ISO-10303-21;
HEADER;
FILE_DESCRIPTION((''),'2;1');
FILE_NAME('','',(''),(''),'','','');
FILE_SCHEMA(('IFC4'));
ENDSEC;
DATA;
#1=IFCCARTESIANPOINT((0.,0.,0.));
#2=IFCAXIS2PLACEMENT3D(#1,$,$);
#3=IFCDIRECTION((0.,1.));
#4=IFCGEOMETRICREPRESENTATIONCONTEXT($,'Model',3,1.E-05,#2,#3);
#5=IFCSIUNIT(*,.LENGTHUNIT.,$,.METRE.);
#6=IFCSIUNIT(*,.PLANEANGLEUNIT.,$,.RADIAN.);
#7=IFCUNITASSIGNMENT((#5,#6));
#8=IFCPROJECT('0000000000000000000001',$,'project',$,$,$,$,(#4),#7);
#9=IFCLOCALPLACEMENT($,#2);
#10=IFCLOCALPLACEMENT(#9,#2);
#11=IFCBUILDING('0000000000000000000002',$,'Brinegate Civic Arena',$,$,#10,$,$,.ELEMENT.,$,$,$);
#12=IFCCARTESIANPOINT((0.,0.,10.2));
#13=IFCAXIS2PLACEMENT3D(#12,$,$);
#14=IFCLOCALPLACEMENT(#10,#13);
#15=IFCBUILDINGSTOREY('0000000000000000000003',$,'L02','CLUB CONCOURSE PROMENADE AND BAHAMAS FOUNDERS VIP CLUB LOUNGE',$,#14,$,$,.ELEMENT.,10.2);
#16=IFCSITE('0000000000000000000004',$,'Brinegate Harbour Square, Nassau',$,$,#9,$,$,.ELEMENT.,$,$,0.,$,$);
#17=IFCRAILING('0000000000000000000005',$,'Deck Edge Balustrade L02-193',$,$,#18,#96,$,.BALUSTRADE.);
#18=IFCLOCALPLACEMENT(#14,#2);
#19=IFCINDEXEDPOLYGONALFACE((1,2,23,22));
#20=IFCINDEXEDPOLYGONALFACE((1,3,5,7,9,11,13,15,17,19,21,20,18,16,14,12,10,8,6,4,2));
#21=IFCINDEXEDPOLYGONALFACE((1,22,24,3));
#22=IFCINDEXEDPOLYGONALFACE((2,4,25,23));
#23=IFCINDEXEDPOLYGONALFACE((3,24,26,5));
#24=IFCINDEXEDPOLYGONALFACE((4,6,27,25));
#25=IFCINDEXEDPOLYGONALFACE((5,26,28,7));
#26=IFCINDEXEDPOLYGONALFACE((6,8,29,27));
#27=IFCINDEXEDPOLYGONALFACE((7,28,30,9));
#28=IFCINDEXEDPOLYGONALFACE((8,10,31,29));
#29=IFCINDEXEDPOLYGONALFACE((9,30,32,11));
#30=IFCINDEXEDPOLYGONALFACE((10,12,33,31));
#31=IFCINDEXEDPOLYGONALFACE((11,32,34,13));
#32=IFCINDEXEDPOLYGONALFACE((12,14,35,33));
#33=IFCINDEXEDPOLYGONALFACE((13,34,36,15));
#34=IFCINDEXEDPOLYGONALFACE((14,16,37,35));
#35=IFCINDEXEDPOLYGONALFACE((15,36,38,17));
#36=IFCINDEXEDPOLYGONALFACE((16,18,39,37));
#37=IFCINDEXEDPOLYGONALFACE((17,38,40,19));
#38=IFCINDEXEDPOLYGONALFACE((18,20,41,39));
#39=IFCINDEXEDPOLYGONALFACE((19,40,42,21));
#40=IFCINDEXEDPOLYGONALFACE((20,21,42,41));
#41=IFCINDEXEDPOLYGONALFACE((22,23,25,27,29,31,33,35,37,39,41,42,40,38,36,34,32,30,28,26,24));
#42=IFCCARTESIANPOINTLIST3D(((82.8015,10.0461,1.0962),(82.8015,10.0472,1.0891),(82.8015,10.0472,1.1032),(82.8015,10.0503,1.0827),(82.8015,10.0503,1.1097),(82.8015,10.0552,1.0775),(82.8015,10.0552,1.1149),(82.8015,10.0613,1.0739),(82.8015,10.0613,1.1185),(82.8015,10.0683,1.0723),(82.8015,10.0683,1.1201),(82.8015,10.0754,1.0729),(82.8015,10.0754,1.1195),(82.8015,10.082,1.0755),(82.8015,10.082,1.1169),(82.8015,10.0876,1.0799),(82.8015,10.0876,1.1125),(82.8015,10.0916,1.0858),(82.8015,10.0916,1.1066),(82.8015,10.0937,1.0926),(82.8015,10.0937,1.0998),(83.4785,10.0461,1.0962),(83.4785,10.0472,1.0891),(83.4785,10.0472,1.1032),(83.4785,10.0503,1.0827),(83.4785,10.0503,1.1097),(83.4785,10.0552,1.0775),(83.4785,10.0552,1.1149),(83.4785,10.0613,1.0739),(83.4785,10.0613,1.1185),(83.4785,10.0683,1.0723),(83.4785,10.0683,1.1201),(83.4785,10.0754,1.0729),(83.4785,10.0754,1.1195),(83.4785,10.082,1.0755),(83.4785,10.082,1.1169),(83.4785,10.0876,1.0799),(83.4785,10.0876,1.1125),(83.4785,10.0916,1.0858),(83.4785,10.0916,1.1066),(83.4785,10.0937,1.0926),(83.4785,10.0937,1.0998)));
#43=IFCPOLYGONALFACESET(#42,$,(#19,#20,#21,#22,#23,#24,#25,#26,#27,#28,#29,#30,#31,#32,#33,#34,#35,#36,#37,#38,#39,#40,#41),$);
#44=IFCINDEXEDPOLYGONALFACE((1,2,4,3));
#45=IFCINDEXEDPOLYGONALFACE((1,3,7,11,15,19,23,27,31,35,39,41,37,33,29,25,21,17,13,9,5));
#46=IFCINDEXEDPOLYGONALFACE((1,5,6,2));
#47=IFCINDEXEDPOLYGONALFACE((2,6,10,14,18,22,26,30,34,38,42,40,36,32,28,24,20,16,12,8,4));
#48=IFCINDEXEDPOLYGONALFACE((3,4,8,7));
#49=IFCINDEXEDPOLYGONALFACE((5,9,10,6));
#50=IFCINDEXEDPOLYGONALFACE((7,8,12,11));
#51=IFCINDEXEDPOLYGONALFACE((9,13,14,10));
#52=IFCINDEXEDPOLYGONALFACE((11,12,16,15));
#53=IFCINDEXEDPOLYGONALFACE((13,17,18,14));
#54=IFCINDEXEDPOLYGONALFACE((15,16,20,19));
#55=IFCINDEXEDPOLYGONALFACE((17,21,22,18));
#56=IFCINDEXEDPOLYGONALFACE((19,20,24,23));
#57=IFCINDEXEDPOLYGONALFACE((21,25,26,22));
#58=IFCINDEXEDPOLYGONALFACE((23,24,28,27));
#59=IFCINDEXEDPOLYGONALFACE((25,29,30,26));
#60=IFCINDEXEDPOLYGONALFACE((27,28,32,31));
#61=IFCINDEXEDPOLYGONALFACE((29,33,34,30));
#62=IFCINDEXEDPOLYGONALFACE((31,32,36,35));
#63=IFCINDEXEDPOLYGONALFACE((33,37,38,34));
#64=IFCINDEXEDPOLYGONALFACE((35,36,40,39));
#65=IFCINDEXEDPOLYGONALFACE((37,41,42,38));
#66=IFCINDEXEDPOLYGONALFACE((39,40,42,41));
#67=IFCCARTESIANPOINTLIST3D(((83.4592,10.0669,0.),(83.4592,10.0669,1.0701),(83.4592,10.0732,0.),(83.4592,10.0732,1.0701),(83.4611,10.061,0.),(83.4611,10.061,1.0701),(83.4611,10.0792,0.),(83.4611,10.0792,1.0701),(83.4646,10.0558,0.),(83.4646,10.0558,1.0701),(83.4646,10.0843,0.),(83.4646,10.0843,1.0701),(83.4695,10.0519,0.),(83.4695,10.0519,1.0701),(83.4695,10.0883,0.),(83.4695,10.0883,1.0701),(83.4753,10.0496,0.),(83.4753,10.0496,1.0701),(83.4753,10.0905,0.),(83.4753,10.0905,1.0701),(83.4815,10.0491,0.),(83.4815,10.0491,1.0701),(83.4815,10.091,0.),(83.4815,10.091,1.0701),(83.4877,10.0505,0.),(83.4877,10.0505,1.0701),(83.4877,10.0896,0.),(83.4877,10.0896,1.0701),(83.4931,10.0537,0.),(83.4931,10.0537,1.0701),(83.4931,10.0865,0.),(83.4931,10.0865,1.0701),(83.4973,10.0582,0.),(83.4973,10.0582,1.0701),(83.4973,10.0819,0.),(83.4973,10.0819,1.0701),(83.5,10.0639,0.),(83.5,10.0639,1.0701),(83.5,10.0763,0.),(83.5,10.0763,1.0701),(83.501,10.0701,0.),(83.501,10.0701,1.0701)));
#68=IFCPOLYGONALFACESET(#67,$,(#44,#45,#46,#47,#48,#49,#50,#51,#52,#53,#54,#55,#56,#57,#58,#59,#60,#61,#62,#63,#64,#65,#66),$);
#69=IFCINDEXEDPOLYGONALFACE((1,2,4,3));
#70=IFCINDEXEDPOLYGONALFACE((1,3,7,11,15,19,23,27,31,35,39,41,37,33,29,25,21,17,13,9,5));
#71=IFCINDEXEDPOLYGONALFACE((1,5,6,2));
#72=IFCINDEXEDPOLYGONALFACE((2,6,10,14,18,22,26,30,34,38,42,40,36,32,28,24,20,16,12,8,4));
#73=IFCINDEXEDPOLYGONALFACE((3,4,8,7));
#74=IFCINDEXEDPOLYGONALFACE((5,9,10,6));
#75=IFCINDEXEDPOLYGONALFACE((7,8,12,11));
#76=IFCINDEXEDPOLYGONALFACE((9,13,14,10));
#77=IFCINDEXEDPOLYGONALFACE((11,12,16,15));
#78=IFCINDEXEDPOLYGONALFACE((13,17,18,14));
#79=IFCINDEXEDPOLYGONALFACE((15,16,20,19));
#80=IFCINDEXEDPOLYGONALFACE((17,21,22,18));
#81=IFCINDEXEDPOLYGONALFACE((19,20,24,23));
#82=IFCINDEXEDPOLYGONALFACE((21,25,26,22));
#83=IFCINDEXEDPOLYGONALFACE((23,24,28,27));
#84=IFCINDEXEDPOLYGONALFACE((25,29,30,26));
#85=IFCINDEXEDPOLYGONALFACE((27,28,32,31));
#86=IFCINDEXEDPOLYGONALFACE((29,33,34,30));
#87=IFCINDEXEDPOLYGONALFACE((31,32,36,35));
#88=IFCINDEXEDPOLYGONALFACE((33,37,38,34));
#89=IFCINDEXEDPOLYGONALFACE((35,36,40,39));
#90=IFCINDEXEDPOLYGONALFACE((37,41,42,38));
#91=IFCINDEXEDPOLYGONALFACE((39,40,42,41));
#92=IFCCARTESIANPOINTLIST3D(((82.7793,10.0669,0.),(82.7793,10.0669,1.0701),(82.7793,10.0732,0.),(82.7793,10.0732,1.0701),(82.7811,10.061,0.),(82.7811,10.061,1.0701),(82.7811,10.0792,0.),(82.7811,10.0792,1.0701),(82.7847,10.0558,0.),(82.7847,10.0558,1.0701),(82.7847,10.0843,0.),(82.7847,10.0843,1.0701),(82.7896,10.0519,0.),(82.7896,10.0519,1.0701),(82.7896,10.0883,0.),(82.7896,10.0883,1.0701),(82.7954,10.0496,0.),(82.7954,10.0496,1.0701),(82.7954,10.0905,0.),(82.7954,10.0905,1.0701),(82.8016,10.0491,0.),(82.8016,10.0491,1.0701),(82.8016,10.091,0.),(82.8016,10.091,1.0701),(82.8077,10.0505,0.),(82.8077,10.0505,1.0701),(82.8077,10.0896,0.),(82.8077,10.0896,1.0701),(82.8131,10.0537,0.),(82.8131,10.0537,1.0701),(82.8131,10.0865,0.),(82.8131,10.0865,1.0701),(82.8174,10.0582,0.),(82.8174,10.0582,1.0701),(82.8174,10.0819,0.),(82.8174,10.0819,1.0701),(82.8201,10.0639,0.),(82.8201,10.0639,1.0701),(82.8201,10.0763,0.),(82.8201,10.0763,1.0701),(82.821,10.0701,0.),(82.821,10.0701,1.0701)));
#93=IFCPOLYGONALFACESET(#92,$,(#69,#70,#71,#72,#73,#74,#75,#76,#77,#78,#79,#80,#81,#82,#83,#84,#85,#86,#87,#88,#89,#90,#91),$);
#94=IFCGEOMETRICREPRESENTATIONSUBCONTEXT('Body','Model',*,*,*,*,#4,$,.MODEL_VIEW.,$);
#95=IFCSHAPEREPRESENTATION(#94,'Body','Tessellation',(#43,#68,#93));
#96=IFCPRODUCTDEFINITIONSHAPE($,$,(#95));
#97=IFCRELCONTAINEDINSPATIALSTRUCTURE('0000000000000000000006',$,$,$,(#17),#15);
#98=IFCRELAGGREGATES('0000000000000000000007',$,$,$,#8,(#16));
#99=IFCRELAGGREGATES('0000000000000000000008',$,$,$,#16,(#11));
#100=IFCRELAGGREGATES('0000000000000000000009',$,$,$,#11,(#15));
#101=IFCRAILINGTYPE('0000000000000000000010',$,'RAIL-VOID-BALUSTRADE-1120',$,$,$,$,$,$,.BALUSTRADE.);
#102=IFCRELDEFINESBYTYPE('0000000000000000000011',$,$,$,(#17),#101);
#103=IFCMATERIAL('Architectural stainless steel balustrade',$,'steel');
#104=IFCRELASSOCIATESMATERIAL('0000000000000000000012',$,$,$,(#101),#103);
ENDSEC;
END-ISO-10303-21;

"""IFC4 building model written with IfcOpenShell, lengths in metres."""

from ifc_helpers import new_model, si_unit, direction, frame, origin, origin_2d, place, context, subcontext, project, spatial, circle, extrude, material, type_object, element, save


model = new_model("IFC4")

# Units and contexts
model_context = context("Model", 3, precision=1e-05, world=origin(), true_north=direction((0.0, 1.0)))
body_context = subcontext(model_context, "Body", "Model", "MODEL_VIEW")
ifc_project = project(units=[si_unit("LENGTHUNIT", "METRE"), si_unit("PLANEANGLEUNIT", "RADIAN")], contexts=[model_context])

# Site, building, storey
site_placement = place(None, origin())
site = spatial("IfcSite", under=ifc_project, at=site_placement, Name="Brinegate Harbour Square, Nassau", CompositionType="ELEMENT", RefElevation=0.0)
building_placement = place(site_placement, origin())
building = spatial("IfcBuilding", under=site, at=building_placement, Name="Brinegate Civic Arena", CompositionType="ELEMENT")
storey_placement = place(building_placement, frame((0.0, 0.0, 10.2)))
storey = spatial("IfcBuildingStorey", under=building, at=storey_placement, Name="L02", Description="CLUB CONCOURSE PROMENADE AND BAHAMAS FOUNDERS VIP CLUB LOUNGE", CompositionType="ELEMENT", Elevation=10.2)

# Railing
ifc_material_1 = material(Name="Architectural stainless steel balustrade", Category="steel")
railing_type = type_object("IfcRailingType", Name="RAIL-VOID-BALUSTRADE-1120", PredefinedType="BALUSTRADE", material=ifc_material_1)
railing_1_placement = place(storey_placement, frame((83.48, 10.0701, 0.0)))
element("IfcRailing", 1, at=railing_1_placement, inside=storey, type_object=railing_type, Name="Deck Edge Balustrade L02-193", PredefinedType="BALUSTRADE", context=body_context, shape_type="SweptSolid", body=[
    extrude(circle(Radius=0.0239, at=origin_2d()), frame((-0.0015, 0.0, 1.0962), z_axis=(-1.0, 0.0, 0.0), x_axis=(0.0, -1.0, 0.0)), (0.0, 0.0, 1.0), 0.677),
    extrude(circle(Radius=0.021, at=origin_2d()), origin(), (0.0, 0.0, 1.0), 1.0701),
    extrude(circle(Radius=0.021, at=origin_2d()), frame((-0.6799, 0.0, 0.0)), (0.0, 0.0, 1.0), 1.0701),
])

save(model, "model.ifc")
